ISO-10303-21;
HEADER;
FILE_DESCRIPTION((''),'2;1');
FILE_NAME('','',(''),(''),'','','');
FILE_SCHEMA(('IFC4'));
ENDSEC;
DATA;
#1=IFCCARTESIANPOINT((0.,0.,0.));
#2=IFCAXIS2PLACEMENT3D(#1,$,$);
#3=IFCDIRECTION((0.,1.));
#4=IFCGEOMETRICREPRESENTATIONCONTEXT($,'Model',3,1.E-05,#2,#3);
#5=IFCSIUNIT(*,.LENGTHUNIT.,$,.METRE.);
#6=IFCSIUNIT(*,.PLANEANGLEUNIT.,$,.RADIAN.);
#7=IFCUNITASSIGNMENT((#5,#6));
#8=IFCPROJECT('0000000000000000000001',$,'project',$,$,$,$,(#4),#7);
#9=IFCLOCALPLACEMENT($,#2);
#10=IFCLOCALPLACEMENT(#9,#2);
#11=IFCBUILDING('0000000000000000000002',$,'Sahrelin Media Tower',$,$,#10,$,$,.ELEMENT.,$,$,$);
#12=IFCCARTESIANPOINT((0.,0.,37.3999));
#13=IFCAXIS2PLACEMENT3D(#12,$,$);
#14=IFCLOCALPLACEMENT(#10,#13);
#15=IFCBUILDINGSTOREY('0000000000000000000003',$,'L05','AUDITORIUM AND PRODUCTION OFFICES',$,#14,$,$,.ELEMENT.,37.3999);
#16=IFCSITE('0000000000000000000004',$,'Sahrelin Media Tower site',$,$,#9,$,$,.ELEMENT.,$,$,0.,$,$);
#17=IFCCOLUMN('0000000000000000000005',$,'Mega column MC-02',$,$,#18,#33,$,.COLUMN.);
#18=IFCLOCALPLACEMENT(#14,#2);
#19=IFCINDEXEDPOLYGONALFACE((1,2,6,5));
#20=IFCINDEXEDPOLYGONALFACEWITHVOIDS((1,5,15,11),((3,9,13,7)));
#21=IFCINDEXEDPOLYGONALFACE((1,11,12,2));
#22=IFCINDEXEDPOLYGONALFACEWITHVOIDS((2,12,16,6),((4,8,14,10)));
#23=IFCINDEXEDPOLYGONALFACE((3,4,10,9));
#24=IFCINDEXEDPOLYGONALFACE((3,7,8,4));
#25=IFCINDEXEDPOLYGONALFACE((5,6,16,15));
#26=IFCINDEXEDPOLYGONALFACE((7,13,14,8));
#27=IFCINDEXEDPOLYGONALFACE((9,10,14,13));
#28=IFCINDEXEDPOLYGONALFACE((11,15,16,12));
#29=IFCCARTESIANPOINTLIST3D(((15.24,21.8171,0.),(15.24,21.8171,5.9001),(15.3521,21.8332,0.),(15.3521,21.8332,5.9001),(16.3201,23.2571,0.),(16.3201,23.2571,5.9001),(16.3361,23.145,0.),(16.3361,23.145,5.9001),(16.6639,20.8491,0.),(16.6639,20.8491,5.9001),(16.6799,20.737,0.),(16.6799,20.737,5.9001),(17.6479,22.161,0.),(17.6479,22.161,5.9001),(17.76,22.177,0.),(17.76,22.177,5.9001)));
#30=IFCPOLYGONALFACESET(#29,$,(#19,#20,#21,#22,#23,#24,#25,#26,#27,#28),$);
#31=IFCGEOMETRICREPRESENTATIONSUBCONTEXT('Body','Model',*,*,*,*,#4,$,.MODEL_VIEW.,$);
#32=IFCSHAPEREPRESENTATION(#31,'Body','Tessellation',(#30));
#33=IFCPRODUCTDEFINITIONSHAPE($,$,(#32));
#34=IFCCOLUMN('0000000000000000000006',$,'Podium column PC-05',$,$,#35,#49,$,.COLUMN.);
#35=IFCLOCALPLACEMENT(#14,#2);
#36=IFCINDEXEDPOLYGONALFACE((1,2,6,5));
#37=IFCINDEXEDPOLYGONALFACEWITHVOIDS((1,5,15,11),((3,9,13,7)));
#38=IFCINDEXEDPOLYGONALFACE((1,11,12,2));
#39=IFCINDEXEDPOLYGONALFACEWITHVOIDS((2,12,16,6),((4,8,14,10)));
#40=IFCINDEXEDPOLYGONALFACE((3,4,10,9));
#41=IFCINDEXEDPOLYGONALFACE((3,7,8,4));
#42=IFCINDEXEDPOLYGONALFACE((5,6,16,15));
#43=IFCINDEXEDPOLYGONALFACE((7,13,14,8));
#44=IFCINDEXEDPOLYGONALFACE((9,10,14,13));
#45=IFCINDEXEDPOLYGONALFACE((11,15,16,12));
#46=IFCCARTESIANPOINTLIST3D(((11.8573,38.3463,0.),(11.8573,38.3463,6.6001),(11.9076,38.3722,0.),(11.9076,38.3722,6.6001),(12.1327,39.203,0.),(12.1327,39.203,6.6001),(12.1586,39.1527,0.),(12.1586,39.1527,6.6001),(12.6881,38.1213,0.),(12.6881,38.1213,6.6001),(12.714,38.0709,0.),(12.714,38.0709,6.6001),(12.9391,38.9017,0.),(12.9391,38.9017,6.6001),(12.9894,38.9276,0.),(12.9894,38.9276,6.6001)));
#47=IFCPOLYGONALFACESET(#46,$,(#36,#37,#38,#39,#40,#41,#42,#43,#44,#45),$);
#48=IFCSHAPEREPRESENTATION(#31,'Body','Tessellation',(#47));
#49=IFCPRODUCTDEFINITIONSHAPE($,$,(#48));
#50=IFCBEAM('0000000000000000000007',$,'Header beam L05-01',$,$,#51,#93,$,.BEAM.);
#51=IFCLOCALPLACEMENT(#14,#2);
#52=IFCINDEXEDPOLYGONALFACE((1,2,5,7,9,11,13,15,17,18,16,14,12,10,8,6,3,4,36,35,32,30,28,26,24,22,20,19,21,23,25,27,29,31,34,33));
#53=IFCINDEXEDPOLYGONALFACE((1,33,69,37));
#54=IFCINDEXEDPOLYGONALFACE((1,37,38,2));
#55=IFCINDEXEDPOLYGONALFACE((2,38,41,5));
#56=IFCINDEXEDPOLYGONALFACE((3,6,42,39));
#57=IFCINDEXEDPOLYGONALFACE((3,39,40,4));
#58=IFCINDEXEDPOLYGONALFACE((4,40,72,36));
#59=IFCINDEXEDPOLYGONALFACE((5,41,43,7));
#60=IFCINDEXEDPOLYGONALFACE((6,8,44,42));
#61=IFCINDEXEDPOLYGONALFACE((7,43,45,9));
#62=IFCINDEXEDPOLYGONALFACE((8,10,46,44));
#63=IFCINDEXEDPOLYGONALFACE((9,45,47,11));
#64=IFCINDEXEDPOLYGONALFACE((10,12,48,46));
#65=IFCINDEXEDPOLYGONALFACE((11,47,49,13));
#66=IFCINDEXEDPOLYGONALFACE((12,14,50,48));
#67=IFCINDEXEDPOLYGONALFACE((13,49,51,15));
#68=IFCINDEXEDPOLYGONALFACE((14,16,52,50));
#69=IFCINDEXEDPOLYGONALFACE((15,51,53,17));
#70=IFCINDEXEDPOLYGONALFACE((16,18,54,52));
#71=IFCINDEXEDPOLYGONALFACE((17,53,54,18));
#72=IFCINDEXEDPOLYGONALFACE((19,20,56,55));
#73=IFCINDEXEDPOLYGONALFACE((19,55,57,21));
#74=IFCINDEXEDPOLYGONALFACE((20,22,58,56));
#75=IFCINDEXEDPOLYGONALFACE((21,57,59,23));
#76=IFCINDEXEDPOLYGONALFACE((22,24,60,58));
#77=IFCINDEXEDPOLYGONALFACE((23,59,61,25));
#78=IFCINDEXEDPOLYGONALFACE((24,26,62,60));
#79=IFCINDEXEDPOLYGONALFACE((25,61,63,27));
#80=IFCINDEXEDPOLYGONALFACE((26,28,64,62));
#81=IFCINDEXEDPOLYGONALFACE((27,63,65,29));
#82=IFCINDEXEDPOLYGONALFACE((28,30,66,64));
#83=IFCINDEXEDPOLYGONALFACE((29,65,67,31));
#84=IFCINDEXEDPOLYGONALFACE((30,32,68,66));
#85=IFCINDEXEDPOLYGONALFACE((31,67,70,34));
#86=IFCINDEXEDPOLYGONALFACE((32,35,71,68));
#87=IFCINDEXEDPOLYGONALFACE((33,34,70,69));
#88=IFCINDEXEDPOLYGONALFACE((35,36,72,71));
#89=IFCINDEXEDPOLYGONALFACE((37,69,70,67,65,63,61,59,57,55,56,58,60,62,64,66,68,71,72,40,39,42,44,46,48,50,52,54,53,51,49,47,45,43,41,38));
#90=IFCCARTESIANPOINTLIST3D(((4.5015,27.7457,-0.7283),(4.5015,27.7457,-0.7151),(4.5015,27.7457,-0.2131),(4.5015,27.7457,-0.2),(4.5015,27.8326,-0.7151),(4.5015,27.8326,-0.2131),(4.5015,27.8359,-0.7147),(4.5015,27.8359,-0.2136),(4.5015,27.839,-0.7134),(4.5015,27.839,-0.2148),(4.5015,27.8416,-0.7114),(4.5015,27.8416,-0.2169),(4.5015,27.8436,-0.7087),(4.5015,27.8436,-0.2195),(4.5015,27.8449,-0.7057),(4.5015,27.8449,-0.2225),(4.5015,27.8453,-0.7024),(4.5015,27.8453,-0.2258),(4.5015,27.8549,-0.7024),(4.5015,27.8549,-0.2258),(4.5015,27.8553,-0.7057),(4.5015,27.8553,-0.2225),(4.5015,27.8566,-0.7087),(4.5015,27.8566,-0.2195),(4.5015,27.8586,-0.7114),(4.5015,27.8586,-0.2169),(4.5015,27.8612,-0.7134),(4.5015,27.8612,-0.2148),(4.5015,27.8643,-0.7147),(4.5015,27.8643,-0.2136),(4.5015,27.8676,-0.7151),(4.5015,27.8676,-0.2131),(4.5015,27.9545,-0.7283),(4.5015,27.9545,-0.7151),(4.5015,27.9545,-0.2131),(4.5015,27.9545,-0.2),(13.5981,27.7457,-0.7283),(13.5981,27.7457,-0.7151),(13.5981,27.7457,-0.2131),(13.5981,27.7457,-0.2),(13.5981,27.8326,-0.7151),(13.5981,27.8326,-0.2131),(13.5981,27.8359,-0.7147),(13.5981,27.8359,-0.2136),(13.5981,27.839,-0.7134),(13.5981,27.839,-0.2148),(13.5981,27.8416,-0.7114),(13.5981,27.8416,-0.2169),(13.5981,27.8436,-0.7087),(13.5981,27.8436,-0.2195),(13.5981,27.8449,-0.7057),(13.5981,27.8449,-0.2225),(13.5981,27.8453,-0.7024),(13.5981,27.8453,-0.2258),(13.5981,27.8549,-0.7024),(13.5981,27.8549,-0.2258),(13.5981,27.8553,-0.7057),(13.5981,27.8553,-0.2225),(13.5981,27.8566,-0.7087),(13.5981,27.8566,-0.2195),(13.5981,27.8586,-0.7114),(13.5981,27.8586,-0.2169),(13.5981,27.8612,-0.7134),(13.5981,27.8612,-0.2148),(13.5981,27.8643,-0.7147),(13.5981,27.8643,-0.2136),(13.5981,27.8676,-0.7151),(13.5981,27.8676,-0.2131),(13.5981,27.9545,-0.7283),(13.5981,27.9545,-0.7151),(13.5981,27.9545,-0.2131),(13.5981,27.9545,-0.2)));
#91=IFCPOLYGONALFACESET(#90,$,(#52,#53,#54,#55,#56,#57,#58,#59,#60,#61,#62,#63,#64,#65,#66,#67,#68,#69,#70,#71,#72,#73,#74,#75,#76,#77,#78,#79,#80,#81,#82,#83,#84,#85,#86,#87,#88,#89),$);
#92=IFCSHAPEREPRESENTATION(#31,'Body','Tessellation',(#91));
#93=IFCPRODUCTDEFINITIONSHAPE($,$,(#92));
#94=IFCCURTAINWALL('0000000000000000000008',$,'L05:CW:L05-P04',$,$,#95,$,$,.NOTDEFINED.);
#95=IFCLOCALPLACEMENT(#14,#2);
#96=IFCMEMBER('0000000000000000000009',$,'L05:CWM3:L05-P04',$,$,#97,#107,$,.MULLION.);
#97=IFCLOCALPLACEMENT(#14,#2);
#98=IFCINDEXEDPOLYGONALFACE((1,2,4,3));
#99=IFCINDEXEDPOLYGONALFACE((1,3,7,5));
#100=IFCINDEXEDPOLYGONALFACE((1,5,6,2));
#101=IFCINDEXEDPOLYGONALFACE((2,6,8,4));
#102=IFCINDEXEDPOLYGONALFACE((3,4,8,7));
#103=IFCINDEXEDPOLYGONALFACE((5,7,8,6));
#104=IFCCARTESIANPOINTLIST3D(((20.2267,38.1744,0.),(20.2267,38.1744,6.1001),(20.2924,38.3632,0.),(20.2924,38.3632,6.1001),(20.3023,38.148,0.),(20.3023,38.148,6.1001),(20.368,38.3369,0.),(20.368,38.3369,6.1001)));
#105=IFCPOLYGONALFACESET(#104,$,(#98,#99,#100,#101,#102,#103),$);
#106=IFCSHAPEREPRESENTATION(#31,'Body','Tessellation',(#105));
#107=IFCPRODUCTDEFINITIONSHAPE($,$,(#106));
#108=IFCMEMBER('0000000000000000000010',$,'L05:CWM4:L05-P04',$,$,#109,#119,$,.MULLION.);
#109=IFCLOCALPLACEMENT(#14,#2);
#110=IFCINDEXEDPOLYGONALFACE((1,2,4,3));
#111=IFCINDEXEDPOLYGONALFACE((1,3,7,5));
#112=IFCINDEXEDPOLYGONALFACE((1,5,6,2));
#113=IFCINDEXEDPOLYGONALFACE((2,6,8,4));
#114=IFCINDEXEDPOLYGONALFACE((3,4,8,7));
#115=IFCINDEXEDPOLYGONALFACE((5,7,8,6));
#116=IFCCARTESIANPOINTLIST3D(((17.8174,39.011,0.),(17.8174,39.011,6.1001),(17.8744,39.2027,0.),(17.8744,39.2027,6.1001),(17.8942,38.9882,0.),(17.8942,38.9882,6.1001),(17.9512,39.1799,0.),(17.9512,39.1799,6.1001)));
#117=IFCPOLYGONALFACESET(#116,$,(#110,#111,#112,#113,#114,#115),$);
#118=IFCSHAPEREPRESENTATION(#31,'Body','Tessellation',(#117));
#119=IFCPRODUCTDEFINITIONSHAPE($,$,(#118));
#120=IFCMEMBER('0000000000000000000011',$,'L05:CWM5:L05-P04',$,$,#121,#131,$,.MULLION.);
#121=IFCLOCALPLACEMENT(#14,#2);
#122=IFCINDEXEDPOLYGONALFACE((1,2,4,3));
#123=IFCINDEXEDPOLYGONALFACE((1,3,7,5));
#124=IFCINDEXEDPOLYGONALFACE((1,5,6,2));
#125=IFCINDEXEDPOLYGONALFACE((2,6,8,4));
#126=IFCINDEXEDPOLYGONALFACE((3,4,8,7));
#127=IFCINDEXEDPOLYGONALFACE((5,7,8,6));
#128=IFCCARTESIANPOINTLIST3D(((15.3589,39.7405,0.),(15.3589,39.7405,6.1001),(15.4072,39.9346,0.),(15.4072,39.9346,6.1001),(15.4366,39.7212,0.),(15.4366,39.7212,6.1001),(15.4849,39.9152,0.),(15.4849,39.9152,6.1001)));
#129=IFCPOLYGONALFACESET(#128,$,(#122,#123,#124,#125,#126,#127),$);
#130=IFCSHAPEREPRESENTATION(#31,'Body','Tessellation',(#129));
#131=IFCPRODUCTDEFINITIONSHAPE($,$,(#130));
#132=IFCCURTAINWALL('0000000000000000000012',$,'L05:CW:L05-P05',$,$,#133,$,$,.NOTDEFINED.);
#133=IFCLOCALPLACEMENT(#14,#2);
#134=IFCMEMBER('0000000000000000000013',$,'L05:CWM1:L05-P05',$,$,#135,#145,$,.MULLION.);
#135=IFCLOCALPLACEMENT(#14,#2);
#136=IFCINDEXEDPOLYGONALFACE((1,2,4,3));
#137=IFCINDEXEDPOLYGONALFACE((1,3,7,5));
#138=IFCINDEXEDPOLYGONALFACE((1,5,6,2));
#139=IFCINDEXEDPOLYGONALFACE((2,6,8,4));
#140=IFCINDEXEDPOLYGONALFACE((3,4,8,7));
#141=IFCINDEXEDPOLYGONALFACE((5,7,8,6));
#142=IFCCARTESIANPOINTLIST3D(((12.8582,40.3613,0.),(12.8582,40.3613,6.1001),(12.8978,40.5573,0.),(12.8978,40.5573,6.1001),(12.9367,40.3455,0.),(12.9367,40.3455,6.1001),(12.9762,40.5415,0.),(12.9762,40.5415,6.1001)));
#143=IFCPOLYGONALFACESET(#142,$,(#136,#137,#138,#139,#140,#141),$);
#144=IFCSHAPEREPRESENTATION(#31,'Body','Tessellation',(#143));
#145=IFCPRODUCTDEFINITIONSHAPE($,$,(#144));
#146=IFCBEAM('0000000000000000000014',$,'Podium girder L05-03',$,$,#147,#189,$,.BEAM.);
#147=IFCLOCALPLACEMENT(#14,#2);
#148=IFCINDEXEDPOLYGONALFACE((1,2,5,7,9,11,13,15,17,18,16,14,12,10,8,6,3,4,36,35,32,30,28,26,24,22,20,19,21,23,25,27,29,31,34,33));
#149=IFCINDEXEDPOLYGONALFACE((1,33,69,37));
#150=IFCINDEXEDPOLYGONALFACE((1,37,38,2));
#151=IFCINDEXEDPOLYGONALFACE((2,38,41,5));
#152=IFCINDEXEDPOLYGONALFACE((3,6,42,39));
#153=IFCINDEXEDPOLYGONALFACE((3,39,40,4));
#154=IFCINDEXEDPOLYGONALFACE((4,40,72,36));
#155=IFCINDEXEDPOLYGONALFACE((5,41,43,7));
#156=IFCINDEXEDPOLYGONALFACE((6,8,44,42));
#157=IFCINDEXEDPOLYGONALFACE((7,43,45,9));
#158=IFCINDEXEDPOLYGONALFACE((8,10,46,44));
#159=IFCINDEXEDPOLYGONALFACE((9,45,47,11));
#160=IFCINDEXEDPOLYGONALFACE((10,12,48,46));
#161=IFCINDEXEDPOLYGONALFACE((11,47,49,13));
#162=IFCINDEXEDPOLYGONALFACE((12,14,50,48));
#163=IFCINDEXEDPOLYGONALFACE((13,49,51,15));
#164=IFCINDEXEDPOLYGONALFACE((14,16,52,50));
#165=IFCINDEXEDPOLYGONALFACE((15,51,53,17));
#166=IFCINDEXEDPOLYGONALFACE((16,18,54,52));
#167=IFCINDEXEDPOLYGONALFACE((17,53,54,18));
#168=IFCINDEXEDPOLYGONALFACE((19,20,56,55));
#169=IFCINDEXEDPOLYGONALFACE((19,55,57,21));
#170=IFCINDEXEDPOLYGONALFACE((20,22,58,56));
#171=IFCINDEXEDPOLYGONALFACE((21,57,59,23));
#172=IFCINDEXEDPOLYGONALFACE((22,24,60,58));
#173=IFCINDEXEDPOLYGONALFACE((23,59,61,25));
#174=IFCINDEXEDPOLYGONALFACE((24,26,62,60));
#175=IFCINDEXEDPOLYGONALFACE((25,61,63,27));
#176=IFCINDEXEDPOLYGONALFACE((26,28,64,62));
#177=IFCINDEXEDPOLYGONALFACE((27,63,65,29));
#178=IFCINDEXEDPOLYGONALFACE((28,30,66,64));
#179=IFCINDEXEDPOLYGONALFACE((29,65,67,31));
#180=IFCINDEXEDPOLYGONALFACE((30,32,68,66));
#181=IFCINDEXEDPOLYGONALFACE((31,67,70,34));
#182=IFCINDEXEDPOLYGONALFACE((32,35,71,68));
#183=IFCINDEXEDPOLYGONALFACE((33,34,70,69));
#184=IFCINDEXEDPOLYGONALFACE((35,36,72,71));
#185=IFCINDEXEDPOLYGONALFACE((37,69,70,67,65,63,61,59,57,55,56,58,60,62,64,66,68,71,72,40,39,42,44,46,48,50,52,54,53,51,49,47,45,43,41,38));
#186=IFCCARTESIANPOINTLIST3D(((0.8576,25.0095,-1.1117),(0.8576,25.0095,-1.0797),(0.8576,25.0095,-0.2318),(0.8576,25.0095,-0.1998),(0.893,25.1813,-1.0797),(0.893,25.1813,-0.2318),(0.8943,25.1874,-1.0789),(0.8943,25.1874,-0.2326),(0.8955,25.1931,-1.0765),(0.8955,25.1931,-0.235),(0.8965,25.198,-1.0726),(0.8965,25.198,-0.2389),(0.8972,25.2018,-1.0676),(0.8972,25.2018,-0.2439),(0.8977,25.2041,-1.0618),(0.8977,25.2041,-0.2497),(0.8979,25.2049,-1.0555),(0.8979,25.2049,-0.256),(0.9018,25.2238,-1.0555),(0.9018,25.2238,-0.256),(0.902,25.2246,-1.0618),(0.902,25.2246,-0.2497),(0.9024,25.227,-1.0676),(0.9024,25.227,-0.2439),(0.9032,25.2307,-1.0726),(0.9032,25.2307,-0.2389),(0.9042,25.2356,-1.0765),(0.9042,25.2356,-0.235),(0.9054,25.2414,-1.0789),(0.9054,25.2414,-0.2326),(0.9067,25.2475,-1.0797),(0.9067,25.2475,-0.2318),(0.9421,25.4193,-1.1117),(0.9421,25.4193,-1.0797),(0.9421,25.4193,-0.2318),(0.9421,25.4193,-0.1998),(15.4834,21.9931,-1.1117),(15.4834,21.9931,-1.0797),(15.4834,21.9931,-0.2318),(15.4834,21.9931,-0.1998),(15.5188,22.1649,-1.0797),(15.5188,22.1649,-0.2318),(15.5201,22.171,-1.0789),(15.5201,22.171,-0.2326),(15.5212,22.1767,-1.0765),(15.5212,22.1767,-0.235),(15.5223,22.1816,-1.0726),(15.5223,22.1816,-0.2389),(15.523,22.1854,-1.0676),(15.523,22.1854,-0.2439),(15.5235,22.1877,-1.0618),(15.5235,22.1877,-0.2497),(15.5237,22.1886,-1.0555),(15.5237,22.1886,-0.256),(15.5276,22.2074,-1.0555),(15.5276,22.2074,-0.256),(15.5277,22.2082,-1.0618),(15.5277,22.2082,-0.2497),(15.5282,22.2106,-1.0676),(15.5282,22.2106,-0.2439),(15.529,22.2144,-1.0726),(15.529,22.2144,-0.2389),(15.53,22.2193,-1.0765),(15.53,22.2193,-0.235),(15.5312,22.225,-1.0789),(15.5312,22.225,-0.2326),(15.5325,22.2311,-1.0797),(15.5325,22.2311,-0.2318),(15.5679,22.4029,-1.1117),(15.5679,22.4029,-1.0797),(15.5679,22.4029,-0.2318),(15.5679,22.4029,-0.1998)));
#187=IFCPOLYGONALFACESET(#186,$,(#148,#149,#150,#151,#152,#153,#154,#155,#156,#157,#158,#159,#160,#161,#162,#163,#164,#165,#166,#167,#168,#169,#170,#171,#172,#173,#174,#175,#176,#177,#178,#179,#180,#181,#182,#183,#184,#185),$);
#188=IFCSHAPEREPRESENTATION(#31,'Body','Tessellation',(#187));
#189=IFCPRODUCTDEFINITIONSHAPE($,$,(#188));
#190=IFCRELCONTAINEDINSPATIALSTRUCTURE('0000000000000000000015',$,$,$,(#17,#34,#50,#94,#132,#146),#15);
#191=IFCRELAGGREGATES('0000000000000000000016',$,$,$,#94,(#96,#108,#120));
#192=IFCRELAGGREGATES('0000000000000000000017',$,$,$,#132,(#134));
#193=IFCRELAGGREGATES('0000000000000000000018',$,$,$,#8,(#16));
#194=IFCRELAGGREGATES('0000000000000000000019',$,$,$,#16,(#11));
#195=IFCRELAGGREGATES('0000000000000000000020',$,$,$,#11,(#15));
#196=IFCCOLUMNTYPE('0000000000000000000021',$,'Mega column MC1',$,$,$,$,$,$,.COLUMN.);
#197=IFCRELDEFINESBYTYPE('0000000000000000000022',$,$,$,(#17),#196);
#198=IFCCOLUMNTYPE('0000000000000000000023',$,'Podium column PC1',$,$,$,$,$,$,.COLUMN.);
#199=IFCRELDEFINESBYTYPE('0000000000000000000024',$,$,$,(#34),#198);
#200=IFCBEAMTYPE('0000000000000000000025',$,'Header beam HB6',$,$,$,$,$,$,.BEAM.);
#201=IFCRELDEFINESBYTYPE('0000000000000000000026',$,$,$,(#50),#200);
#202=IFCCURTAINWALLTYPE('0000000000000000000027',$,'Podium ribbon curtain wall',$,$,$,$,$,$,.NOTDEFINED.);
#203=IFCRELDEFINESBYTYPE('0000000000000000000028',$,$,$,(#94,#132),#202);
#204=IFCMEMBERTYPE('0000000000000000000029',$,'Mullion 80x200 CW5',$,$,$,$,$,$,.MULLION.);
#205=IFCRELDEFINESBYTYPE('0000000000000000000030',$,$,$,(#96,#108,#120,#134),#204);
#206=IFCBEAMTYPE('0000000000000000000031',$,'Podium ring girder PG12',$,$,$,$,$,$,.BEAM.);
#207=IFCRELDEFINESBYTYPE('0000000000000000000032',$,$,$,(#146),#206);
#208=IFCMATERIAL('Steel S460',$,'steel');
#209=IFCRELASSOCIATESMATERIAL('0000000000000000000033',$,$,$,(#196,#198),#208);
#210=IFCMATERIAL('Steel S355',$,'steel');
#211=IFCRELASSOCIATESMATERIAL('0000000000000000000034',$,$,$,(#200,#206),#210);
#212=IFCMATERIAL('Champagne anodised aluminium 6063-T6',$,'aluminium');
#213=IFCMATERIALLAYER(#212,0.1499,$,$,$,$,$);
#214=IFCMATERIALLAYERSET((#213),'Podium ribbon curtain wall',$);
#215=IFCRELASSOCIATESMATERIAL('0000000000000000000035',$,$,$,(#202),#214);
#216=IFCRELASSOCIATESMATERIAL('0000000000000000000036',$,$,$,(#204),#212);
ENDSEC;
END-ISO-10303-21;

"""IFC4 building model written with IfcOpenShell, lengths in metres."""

from ifc_helpers import new_model, si_unit, direction, frame, origin, origin_2d, place, context, subcontext, project, spatial, rectangle, hollow_rectangle, i_section, extrude, material, layer, layer_set, material_profile, profile_set, type_object, element, aggregate, save


model = new_model("IFC4")

# Units and contexts
model_context = context("Model", 3, precision=1e-05, world=origin(), true_north=direction((0.0, 1.0)))
body_context = subcontext(model_context, "Body", "Model", "MODEL_VIEW")
ifc_project = project(units=[si_unit("LENGTHUNIT", "METRE"), si_unit("PLANEANGLEUNIT", "RADIAN")], contexts=[model_context])

# Site, building, storey
site_placement = place(None, origin())
site = spatial("IfcSite", under=ifc_project, at=site_placement, Name="Sahrelin Media Tower site", CompositionType="ELEMENT", RefElevation=0.0)
building_placement = place(site_placement, origin())
building = spatial("IfcBuilding", under=site, at=building_placement, Name="Sahrelin Media Tower", CompositionType="ELEMENT")
storey_placement = place(building_placement, frame((0.0, 0.0, 37.3999)))
storey = spatial("IfcBuildingStorey", under=building, at=storey_placement, Name="L05", Description="AUDITORIUM AND PRODUCTION OFFICES", CompositionType="ELEMENT", Elevation=37.3999)

# Columns
ifc_material_1 = material(Name="Steel S460", Category="steel")
ifc_material_profile_1 = material_profile(ifc_material_1, hollow_rectangle(XDim=1.8, YDim=1.8, WallThickness=0.0801, at=origin_2d()), Name="Mega column MC1")
ifc_profile_set_1 = profile_set([ifc_material_profile_1], Name="Steel S460")
column_type_1 = type_object("IfcColumnType", Name="Mega column MC1", PredefinedType="COLUMN", material=ifc_profile_set_1)
column_1_placement = place(storey_placement, frame((16.5, 21.9971, 0.0), z_axis=(0.0, 0.0, 1.0), x_axis=(0.600052, 0.799961, 0.0)))
element("IfcColumn", 1, at=column_1_placement, inside=storey, type_object=column_type_1, Name="Mega column MC-02", PredefinedType="COLUMN", context=body_context, shape_type="SweptSolid", body=[
    extrude(hollow_rectangle(XDim=1.8, YDim=1.8, WallThickness=0.0801, at=origin_2d()), origin(), (0.0, 0.0, 1.0), 5.9001),
])
ifc_material_profile_2 = material_profile(ifc_material_1, hollow_rectangle(XDim=0.8999, YDim=0.8999, WallThickness=0.04, at=origin_2d()), Name="Podium column PC1")
ifc_profile_set_2 = profile_set([ifc_material_profile_2], Name="Steel S460")
column_type_2 = type_object("IfcColumnType", Name="Podium column PC1", PredefinedType="COLUMN", material=ifc_profile_set_2)
column_2_placement = place(storey_placement, frame((12.4233, 38.637, 0.0), z_axis=(0.0, 0.0, 1.0), x_axis=(0.306104, 0.951998, 0.0)))
element("IfcColumn", 2, at=column_2_placement, inside=storey, type_object=column_type_2, Name="Podium column PC-05", PredefinedType="COLUMN", context=body_context, shape_type="SweptSolid", body=[
    extrude(hollow_rectangle(XDim=0.8999, YDim=0.8999, WallThickness=0.04, at=origin_2d()), origin(), (0.0, 0.0, 1.0), 6.6001),
])

# Beam
ifc_material_2 = material(Name="Steel S355", Category="steel")
ifc_material_profile_3 = material_profile(ifc_material_2, i_section(OverallWidth=0.2087, OverallDepth=0.5283, WebThickness=0.0095, FlangeThickness=0.0132, FilletRadius=0.0127, at=origin_2d()), Name="UB 533x210x82")
ifc_profile_set_3 = profile_set([ifc_material_profile_3], Name="Steel S355")
beam_type_1 = type_object("IfcBeamType", Name="Header beam HB6", PredefinedType="BEAM", material=ifc_profile_set_3)
beam_1_placement = place(storey_placement, frame((13.5981, 27.8501, -0.4641), z_axis=(-1.0, 0.0, 0.0), x_axis=(0.0, -1.0, 0.0)))
element("IfcBeam", 3, at=beam_1_placement, inside=storey, type_object=beam_type_1, Name="Header beam L05-01", PredefinedType="BEAM", context=body_context, shape_type="SweptSolid", body=[
    extrude(i_section(OverallWidth=0.2087, OverallDepth=0.5283, WebThickness=0.0095, FlangeThickness=0.0132, FilletRadius=0.0127, at=origin_2d()), origin(), (0.0, 0.0, 1.0), 9.0967),
])

# Curtain wall, members
ifc_material_3 = material(Name="Champagne anodised aluminium 6063-T6", Category="aluminium")
ifc_layer_1 = layer(ifc_material_3, 0.1499)
ifc_layer_set_1 = layer_set([ifc_layer_1], Name="Podium ribbon curtain wall")
curtain_wall_type = type_object("IfcCurtainWallType", Name="Podium ribbon curtain wall", PredefinedType="NOTDEFINED", material=ifc_layer_set_1)
curtain_wall_1_placement = place(storey_placement, frame((25.0, 36.373, 0.0), z_axis=(0.0, 0.0, 1.0), x_axis=(1.0, 0.0, 0.0)))
curtain_wall_1 = element("IfcCurtainWall", 4, at=curtain_wall_1_placement, inside=storey, type_object=curtain_wall_type, Name="L05:CW:L05-P04", PredefinedType="NOTDEFINED")
ifc_material_profile_4 = material_profile(ifc_material_3, rectangle(XDim=0.0801, YDim=0.2, at=origin_2d()), Name="Mullion 80x200")
ifc_profile_set_4 = profile_set([ifc_material_profile_4], Name="Champagne anodised aluminium 6063-T6")
member_type_1 = type_object("IfcMemberType", Name="Mullion 80x200 CW5", PredefinedType="MULLION", material=ifc_profile_set_4)
member_1_placement = place(storey_placement, frame((20.2974, 38.2556, 0.0), z_axis=(0.0, 0.0, 1.0), x_axis=(-0.944458, 0.328631, 0.0)))
member_1 = element("IfcMember", 5, at=member_1_placement, type_object=member_type_1, Name="L05:CWM3:L05-P04", PredefinedType="MULLION", context=body_context, shape_type="SweptSolid", body=[
    extrude(rectangle(XDim=0.0801, YDim=0.2, at=origin_2d()), origin(), (0.0, 0.0, 1.0), 6.1001),
])
member_2_placement = place(storey_placement, frame((17.8843, 39.0955, 0.0), z_axis=(0.0, 0.0, 1.0), x_axis=(-0.958495, 0.28511, 0.0)))
member_2 = element("IfcMember", 6, at=member_2_placement, type_object=member_type_1, Name="L05:CWM4:L05-P04", PredefinedType="MULLION", context=body_context, shape_type="SweptSolid", body=[
    extrude(rectangle(XDim=0.0801, YDim=0.2, at=origin_2d()), origin(), (0.0, 0.0, 1.0), 6.1001),
])
member_3_placement = place(storey_placement, frame((15.4219, 39.8279, 0.0), z_axis=(0.0, 0.0, 1.0), x_axis=(-0.97041, 0.241461, 0.0)))
member_3 = element("IfcMember", 7, at=member_3_placement, type_object=member_type_1, Name="L05:CWM5:L05-P04", PredefinedType="MULLION", context=body_context, shape_type="SweptSolid", body=[
    extrude(rectangle(XDim=0.0801, YDim=0.2, at=origin_2d()), origin(), (0.0, 0.0, 1.0), 6.1001),
])

# Curtain wall, member
curtain_wall_2_placement = place(storey_placement, frame((12.9409, 40.5688, 0.0), z_axis=(0.0, 0.0, 1.0), x_axis=(1.0, 0.0, 0.0)))
curtain_wall_2 = element("IfcCurtainWall", 8, at=curtain_wall_2_placement, inside=storey, type_object=curtain_wall_type, Name="L05:CW:L05-P05", PredefinedType="NOTDEFINED")
member_4_placement = place(storey_placement, frame((12.9172, 40.4514, 0.0), z_axis=(0.0, 0.0, 1.0), x_axis=(-0.980267, 0.197678, 0.0)))
member_4 = element("IfcMember", 9, at=member_4_placement, type_object=member_type_1, Name="L05:CWM1:L05-P05", PredefinedType="MULLION", context=body_context, shape_type="SweptSolid", body=[
    extrude(rectangle(XDim=0.0801, YDim=0.2, at=origin_2d()), origin(), (0.0, 0.0, 1.0), 6.1001),
])

# Beam
ifc_material_profile_5 = material_profile(ifc_material_2, i_section(OverallWidth=0.4185, OverallDepth=0.9119, WebThickness=0.0193, FlangeThickness=0.032, FilletRadius=0.0242, at=origin_2d()), Name="UB 914x419x343")
ifc_profile_set_5 = profile_set([ifc_material_profile_5], Name="Steel S355")
beam_type_2 = type_object("IfcBeamType", Name="Podium ring girder PG12", PredefinedType="BEAM", material=ifc_profile_set_5)
beam_2_placement = place(storey_placement, frame((15.5256, 22.198, -0.6558), z_axis=(-0.979389, 0.201985, 0.0), x_axis=(-0.201985, -0.979389, 0.0)))
element("IfcBeam", 10, at=beam_2_placement, inside=storey, type_object=beam_type_2, Name="Podium girder L05-03", PredefinedType="BEAM", context=body_context, shape_type="SweptSolid", body=[
    extrude(i_section(OverallWidth=0.4185, OverallDepth=0.9119, WebThickness=0.0193, FlangeThickness=0.032, FilletRadius=0.0242, at=origin_2d()), origin(), (0.0, 0.0, 1.0), 14.9336),
])

aggregate(curtain_wall_1, [member_1, member_2, member_3])
aggregate(curtain_wall_2, [member_4])

save(model, "model.ifc")
